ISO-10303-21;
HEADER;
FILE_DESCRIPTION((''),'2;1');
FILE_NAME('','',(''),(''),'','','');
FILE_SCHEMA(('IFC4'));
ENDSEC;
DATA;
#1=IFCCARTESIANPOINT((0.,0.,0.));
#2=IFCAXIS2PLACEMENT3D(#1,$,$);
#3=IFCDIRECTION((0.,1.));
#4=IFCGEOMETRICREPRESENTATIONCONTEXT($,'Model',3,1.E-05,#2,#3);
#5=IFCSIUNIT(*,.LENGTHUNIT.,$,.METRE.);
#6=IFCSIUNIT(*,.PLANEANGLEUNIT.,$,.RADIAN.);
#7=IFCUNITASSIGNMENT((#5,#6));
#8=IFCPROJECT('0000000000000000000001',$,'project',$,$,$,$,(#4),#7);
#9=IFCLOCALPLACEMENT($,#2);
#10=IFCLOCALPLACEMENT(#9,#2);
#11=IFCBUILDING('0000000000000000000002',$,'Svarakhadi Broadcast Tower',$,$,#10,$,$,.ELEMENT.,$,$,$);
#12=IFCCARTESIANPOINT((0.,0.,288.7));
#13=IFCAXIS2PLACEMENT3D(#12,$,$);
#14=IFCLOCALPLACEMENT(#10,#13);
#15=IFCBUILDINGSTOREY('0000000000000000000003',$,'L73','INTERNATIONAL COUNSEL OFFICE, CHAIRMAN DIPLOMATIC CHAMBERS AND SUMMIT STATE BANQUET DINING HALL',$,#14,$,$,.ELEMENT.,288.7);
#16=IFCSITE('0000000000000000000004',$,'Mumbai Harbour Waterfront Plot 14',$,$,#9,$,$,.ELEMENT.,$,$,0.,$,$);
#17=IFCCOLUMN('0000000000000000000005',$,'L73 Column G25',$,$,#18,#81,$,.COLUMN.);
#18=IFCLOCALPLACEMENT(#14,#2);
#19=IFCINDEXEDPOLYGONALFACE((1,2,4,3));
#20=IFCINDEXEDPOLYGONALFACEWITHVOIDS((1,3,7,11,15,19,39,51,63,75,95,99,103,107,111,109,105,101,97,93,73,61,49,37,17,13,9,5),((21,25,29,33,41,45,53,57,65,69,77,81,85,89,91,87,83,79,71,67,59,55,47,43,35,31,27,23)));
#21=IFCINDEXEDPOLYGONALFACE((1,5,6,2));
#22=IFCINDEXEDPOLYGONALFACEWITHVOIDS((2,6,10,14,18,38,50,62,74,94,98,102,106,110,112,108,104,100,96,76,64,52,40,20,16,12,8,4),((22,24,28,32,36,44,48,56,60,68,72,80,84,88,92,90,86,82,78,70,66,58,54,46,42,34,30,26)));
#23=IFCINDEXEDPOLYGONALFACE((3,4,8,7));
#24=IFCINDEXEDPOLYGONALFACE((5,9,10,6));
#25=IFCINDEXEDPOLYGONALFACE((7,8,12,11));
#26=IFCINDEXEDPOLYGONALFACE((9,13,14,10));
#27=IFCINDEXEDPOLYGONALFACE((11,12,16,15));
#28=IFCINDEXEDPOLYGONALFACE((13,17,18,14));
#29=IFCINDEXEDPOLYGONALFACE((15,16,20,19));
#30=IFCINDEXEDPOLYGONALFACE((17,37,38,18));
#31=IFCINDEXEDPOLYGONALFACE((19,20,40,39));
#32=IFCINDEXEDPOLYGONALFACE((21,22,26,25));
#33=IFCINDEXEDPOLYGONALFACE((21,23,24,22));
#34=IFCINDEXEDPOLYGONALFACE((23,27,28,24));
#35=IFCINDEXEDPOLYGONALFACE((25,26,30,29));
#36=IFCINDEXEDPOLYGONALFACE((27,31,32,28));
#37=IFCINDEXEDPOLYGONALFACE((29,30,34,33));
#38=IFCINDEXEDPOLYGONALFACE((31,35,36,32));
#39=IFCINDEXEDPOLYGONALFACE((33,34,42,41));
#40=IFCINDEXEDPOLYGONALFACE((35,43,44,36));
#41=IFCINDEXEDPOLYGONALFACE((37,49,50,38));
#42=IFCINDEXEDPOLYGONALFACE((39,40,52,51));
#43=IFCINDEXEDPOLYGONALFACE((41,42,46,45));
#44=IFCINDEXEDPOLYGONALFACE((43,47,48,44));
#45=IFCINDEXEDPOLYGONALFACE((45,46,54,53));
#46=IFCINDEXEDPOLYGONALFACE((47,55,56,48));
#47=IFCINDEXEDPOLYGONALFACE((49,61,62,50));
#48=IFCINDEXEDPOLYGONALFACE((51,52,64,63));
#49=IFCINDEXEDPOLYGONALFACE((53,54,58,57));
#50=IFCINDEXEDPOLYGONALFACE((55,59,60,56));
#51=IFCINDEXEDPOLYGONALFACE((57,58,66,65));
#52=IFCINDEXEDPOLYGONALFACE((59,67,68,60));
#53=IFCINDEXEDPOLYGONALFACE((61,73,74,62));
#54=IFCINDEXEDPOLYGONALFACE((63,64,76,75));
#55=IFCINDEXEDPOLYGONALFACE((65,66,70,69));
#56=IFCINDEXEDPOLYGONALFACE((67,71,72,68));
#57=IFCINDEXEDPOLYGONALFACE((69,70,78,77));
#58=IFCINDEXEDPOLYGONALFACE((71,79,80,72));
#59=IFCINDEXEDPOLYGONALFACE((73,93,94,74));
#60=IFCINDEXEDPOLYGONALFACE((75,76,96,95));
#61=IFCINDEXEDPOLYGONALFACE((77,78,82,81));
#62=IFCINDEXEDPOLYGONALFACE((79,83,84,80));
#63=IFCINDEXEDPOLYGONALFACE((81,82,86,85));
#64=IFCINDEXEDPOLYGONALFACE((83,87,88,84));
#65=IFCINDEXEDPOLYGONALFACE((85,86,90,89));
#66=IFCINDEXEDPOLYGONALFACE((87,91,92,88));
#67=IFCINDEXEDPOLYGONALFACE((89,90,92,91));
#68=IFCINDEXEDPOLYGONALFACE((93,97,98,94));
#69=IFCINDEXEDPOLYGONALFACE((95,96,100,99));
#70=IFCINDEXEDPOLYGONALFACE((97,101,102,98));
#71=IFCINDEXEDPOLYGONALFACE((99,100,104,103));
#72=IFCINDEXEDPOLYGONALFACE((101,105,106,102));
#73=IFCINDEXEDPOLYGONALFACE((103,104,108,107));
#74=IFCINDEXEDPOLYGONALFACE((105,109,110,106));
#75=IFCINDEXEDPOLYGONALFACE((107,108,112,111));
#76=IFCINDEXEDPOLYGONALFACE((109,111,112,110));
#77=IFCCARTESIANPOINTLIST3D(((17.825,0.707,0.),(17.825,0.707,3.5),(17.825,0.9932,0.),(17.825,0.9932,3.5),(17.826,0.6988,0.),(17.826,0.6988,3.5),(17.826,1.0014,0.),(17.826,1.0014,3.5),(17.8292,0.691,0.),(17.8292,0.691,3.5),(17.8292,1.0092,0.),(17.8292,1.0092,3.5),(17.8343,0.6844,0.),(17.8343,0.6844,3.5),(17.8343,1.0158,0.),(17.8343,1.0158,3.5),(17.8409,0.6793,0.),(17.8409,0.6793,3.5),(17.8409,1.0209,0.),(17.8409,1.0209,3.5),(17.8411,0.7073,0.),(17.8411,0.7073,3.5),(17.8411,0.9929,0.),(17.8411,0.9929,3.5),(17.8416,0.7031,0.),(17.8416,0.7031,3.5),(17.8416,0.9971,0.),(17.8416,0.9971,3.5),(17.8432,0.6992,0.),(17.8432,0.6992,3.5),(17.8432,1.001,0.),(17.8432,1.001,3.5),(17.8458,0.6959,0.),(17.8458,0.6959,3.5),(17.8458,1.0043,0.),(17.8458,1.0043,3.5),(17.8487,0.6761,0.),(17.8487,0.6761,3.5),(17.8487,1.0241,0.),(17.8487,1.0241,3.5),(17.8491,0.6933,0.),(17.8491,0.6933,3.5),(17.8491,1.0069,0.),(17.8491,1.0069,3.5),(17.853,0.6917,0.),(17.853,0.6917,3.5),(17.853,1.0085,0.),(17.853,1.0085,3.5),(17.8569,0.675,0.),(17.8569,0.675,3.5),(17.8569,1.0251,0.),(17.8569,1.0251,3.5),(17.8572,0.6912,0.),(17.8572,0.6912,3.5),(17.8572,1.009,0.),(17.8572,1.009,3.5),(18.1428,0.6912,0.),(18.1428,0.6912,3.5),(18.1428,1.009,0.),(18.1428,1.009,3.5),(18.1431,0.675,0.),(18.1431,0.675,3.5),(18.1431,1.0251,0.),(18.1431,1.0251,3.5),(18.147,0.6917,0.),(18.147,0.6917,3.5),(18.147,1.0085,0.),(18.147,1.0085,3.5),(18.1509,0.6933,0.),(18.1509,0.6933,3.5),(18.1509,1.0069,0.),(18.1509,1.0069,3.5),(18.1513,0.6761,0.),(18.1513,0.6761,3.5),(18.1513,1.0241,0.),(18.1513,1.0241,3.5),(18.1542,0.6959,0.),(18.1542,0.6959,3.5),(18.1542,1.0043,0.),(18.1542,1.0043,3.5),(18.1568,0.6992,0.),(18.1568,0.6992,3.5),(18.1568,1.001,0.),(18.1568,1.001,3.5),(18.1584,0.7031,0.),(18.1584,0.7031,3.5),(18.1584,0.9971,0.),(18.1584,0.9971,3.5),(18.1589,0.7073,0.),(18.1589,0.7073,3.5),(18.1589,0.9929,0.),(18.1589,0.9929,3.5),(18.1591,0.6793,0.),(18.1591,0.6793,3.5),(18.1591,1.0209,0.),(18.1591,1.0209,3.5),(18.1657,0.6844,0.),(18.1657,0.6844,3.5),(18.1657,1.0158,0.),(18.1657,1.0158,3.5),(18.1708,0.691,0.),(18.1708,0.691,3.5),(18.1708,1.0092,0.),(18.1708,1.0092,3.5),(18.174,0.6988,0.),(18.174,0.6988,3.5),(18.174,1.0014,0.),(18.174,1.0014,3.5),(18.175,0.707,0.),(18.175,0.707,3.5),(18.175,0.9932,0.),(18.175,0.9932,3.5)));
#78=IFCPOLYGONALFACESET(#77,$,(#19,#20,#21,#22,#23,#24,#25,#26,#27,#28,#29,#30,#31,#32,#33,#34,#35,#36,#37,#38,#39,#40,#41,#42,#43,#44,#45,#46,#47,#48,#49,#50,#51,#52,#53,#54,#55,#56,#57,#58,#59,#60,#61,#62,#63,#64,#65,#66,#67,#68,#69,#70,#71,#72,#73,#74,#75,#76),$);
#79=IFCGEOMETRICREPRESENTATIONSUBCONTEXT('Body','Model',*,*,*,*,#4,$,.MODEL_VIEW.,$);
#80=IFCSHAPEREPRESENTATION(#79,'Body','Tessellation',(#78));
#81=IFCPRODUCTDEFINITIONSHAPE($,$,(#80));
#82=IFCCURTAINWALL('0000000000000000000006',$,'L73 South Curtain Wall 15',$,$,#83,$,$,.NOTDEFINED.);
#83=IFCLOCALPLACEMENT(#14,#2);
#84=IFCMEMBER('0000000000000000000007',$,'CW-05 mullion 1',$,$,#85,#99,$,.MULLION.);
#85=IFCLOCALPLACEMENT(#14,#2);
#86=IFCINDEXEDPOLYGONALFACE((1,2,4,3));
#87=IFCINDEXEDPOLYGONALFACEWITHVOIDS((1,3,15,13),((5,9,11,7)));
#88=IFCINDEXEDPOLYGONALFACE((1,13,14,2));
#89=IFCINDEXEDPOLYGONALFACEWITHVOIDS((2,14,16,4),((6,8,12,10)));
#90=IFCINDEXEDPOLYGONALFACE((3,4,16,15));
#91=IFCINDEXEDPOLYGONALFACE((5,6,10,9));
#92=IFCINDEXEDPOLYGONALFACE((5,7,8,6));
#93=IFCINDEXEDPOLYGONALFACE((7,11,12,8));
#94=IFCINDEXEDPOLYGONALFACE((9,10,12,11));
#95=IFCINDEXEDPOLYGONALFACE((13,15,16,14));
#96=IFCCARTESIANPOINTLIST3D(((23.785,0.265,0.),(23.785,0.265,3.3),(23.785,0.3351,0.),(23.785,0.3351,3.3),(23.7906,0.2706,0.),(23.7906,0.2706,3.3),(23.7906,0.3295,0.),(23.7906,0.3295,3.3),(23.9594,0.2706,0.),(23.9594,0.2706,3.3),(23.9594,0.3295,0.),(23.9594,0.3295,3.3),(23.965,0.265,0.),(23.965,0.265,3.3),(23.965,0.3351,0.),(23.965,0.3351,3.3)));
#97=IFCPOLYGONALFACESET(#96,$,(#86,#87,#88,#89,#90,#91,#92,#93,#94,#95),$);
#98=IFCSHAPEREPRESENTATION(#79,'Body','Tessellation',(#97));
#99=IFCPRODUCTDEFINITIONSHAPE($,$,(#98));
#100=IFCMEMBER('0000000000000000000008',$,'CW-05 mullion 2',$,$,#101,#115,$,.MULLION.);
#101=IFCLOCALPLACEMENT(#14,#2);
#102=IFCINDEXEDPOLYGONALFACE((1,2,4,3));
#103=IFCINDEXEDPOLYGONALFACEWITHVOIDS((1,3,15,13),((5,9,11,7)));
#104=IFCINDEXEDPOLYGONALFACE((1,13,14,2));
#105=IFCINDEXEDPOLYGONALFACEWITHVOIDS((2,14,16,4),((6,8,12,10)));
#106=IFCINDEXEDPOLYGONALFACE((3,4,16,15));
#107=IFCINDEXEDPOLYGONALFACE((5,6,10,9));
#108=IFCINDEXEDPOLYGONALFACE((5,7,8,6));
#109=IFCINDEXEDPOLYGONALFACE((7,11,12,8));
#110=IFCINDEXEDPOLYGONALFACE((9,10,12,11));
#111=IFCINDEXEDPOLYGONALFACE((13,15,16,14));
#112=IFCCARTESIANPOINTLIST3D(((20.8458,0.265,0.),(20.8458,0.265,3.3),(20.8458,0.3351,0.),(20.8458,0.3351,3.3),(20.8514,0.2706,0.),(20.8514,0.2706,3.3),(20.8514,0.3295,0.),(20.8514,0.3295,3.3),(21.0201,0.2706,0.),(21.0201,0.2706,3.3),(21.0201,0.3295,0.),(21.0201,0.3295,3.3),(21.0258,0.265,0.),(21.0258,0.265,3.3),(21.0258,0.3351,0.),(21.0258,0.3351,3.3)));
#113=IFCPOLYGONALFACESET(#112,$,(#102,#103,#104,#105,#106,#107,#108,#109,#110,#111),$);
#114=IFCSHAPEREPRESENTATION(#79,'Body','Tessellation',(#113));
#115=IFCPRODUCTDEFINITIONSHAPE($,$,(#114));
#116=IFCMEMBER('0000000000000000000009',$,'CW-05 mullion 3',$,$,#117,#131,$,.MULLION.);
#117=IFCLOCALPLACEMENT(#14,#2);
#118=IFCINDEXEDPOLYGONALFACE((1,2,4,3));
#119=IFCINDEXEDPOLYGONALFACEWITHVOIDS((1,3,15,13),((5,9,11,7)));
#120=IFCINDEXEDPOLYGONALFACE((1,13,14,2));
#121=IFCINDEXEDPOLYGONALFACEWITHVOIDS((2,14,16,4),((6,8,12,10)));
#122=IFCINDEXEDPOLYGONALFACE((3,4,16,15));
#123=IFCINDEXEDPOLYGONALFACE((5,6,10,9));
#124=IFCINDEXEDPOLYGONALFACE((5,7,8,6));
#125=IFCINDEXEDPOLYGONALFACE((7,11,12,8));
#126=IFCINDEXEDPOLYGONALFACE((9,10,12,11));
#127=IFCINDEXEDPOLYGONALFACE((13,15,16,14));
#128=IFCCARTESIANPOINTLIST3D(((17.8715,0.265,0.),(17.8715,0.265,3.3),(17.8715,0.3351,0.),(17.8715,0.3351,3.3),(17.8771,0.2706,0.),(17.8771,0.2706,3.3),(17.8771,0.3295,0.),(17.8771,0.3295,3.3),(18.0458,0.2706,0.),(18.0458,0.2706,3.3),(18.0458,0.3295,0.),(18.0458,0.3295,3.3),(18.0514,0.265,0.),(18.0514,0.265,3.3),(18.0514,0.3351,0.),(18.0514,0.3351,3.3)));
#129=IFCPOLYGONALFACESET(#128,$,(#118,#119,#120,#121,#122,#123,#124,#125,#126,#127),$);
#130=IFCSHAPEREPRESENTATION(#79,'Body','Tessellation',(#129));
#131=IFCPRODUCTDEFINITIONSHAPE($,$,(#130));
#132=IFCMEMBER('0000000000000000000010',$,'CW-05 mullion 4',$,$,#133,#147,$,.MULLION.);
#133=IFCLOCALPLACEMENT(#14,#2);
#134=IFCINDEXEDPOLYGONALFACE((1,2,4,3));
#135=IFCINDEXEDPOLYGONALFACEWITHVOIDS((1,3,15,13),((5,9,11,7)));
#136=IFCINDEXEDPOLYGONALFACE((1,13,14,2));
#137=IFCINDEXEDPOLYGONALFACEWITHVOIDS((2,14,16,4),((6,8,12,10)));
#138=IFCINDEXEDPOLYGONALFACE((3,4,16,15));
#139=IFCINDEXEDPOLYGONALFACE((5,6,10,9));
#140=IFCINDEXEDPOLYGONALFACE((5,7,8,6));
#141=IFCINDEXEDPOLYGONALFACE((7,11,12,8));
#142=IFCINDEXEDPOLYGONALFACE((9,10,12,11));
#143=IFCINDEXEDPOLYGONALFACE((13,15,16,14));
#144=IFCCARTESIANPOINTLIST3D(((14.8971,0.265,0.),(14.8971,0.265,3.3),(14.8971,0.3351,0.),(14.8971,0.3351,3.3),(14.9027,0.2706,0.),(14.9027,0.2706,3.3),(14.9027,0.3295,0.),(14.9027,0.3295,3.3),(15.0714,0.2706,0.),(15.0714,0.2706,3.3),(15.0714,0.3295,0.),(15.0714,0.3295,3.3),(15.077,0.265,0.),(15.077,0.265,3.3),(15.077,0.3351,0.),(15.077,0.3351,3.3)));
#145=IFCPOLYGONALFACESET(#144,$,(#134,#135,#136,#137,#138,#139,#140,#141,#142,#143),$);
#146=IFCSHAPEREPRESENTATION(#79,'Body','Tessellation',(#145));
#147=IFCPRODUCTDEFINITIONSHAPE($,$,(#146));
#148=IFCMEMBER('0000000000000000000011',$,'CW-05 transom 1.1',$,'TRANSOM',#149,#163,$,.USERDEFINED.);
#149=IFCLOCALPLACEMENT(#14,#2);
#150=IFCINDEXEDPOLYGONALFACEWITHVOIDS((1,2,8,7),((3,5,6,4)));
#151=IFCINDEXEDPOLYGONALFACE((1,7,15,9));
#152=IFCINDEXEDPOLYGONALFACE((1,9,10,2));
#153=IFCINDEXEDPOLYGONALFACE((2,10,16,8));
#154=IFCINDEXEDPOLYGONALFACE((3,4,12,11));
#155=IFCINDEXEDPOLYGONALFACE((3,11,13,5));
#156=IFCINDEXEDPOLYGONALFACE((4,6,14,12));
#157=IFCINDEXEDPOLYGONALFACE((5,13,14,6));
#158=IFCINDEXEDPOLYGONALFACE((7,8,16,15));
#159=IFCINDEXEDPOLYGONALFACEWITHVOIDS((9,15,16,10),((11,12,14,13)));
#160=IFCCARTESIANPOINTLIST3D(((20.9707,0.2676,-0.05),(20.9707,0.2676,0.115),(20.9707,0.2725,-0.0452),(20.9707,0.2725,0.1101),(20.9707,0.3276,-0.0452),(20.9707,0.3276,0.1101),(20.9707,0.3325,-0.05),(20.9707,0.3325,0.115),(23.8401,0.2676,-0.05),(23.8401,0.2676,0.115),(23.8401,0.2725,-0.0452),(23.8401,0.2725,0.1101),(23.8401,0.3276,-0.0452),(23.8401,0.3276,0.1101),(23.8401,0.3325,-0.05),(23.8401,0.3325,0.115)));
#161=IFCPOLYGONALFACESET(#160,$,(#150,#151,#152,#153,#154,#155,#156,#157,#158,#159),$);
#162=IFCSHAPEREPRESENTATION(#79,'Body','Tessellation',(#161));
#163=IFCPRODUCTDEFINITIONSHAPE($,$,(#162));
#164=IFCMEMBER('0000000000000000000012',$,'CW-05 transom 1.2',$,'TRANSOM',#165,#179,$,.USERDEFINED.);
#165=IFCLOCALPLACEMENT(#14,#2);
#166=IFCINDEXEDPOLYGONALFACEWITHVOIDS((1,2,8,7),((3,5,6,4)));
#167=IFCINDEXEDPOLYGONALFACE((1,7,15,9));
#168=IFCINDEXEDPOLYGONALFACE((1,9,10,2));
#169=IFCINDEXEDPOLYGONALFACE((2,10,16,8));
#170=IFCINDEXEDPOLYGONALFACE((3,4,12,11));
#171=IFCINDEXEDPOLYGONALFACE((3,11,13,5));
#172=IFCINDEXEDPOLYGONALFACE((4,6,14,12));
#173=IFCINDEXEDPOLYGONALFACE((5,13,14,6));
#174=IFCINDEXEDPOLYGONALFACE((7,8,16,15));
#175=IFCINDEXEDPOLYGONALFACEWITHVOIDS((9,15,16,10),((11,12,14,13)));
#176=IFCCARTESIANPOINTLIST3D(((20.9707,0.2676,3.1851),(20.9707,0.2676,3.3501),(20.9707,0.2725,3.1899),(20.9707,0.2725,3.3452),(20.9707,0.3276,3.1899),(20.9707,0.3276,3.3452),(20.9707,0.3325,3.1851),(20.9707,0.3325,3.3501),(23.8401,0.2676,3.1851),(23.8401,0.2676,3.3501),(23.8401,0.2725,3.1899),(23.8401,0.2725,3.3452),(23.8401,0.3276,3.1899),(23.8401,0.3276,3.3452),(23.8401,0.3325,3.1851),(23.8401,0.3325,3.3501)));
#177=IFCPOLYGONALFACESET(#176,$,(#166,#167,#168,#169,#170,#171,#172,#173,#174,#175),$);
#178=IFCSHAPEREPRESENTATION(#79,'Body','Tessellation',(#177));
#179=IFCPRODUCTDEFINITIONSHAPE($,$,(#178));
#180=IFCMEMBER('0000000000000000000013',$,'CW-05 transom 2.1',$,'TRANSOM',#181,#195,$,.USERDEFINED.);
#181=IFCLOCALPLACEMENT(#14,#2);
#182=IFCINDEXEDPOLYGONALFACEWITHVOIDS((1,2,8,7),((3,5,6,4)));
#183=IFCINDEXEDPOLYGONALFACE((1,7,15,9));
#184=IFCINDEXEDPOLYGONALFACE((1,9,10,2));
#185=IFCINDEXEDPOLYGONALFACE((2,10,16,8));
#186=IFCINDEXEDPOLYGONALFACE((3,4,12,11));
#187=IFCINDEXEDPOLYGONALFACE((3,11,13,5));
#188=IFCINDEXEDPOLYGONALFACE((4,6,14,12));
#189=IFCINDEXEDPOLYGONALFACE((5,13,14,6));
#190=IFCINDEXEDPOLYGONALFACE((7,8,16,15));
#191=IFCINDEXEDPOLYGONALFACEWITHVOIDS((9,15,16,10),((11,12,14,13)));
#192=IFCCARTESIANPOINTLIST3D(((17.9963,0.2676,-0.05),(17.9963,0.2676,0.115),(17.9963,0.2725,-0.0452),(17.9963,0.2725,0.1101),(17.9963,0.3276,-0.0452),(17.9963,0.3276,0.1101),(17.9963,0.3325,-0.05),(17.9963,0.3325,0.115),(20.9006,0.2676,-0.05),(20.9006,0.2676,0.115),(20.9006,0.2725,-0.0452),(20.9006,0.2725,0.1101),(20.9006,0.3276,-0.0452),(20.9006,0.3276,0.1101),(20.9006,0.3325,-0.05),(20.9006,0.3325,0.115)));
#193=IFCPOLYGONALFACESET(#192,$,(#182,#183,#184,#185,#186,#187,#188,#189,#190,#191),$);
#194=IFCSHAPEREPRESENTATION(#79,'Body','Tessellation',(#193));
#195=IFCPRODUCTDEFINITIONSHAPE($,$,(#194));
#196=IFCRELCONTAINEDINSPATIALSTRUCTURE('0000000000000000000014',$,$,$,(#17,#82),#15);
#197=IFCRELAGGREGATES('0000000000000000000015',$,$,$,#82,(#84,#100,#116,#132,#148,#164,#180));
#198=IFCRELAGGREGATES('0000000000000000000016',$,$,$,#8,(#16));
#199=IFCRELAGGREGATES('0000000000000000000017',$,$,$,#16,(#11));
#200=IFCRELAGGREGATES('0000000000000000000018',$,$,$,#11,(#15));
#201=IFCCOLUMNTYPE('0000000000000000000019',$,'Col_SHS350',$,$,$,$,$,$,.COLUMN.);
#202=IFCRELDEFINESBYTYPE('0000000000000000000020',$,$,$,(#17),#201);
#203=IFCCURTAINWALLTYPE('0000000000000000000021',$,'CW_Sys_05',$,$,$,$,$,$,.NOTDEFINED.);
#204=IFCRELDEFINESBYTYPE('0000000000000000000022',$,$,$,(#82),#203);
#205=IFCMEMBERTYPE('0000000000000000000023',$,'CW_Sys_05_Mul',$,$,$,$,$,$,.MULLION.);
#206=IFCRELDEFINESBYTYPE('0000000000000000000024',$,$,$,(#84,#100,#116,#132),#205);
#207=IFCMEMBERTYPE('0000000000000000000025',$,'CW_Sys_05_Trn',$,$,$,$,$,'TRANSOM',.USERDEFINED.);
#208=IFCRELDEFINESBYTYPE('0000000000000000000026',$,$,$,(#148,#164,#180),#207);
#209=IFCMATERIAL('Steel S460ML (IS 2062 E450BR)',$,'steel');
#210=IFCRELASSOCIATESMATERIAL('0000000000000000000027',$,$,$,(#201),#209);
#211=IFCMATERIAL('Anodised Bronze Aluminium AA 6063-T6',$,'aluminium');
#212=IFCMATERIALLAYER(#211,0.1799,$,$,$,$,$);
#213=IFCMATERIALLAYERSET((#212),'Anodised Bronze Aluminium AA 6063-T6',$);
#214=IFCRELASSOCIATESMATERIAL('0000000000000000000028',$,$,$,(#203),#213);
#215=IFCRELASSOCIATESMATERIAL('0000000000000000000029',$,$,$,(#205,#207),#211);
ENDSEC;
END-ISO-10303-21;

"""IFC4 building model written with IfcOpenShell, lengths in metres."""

from ifc_helpers import new_model, si_unit, direction, frame, origin, origin_2d, place, context, subcontext, project, spatial, hollow_rectangle, extrude, material, layer, layer_set, material_profile, profile_set, type_object, element, aggregate, save


model = new_model("IFC4")

# Units and contexts
model_context = context("Model", 3, precision=1e-05, world=origin(), true_north=direction((0.0, 1.0)))
body_context = subcontext(model_context, "Body", "Model", "MODEL_VIEW")
ifc_project = project(units=[si_unit("LENGTHUNIT", "METRE"), si_unit("PLANEANGLEUNIT", "RADIAN")], contexts=[model_context])

# Site, building, storey
site_placement = place(None, origin())
site = spatial("IfcSite", under=ifc_project, at=site_placement, Name="Mumbai Harbour Waterfront Plot 14", CompositionType="ELEMENT", RefElevation=0.0)
building_placement = place(site_placement, origin())
building = spatial("IfcBuilding", under=site, at=building_placement, Name="Svarakhadi Broadcast Tower", CompositionType="ELEMENT")
storey_placement = place(building_placement, frame((0.0, 0.0, 288.7)))
storey = spatial("IfcBuildingStorey", under=building, at=storey_placement, Name="L73", Description="INTERNATIONAL COUNSEL OFFICE, CHAIRMAN DIPLOMATIC CHAMBERS AND SUMMIT STATE BANQUET DINING HALL", CompositionType="ELEMENT", Elevation=288.7)

# Column
ifc_material_1 = material(Name="Steel S460ML (IS 2062 E450BR)", Category="steel")
ifc_material_profile_1 = material_profile(ifc_material_1, hollow_rectangle(XDim=0.3501, YDim=0.3501, WallThickness=0.0161, InnerFilletRadius=0.0161, OuterFilletRadius=0.032, at=origin_2d()), Name="SHS 350x350x16")
ifc_profile_set_1 = profile_set([ifc_material_profile_1], Name="Steel S460ML (IS 2062 E450BR)")
column_type = type_object("IfcColumnType", Name="Col_SHS350", PredefinedType="COLUMN", material=ifc_profile_set_1)
column_placement = place(storey_placement, frame((18.0, 0.8501, 0.0), z_axis=(0.0, 0.0, 1.0), x_axis=(1.0, 0.0, 0.0)))
element("IfcColumn", 1, at=column_placement, inside=storey, type_object=column_type, Name="L73 Column G25", PredefinedType="COLUMN", context=body_context, shape_type="SweptSolid", body=[
    extrude(hollow_rectangle(XDim=0.3501, YDim=0.3501, WallThickness=0.0161, InnerFilletRadius=0.0161, OuterFilletRadius=0.032, at=origin_2d()), origin(), (0.0, 0.0, 1.0), 3.5),
])

# Curtain wall, members
ifc_material_2 = material(Name="Anodised Bronze Aluminium AA 6063-T6", Category="aluminium")
ifc_layer_1 = layer(ifc_material_2, 0.1799)
ifc_layer_set_1 = layer_set([ifc_layer_1], Name="Anodised Bronze Aluminium AA 6063-T6")
curtain_wall_type = type_object("IfcCurtainWallType", Name="CW_Sys_05", PredefinedType="NOTDEFINED", material=ifc_layer_set_1)
curtain_wall_placement = place(storey_placement, origin())
curtain_wall = element("IfcCurtainWall", 2, at=curtain_wall_placement, inside=storey, type_object=curtain_wall_type, Name="L73 South Curtain Wall 15", PredefinedType="NOTDEFINED")
ifc_material_profile_2 = material_profile(ifc_material_2, hollow_rectangle(XDim=0.0701, YDim=0.1799, WallThickness=0.0056, at=origin_2d()), Name="ALU MULLION 180x70x6")
ifc_profile_set_2 = profile_set([ifc_material_profile_2], Name="Anodised Bronze Aluminium AA 6063-T6")
member_type_1 = type_object("IfcMemberType", Name="CW_Sys_05_Mul", PredefinedType="MULLION", material=ifc_profile_set_2)
member_1_placement = place(storey_placement, frame((23.875, 0.3, 0.0), z_axis=(0.0, 0.0, 1.0), x_axis=(0.0, -1.0, 0.0)))
member_1 = element("IfcMember", 3, at=member_1_placement, type_object=member_type_1, Name="CW-05 mullion 1", PredefinedType="MULLION", context=body_context, shape_type="SweptSolid", body=[
    extrude(hollow_rectangle(XDim=0.0701, YDim=0.1799, WallThickness=0.0056, at=origin_2d()), origin(), (0.0, 0.0, 1.0), 3.3),
])
member_2_placement = place(storey_placement, frame((20.9358, 0.3, 0.0), z_axis=(0.0, 0.0, 1.0), x_axis=(0.0, -1.0, 0.0)))
member_2 = element("IfcMember", 4, at=member_2_placement, type_object=member_type_1, Name="CW-05 mullion 2", PredefinedType="MULLION", context=body_context, shape_type="SweptSolid", body=[
    extrude(hollow_rectangle(XDim=0.0701, YDim=0.1799, WallThickness=0.0056, at=origin_2d()), origin(), (0.0, 0.0, 1.0), 3.3),
])
member_3_placement = place(storey_placement, frame((17.9614, 0.3, 0.0), z_axis=(0.0, 0.0, 1.0), x_axis=(0.0, -1.0, 0.0)))
member_3 = element("IfcMember", 5, at=member_3_placement, type_object=member_type_1, Name="CW-05 mullion 3", PredefinedType="MULLION", context=body_context, shape_type="SweptSolid", body=[
    extrude(hollow_rectangle(XDim=0.0701, YDim=0.1799, WallThickness=0.0056, at=origin_2d()), origin(), (0.0, 0.0, 1.0), 3.3),
])
member_4_placement = place(storey_placement, frame((14.9871, 0.3, 0.0), z_axis=(0.0, 0.0, 1.0), x_axis=(0.0, -1.0, 0.0)))
member_4 = element("IfcMember", 6, at=member_4_placement, type_object=member_type_1, Name="CW-05 mullion 4", PredefinedType="MULLION", context=body_context, shape_type="SweptSolid", body=[
    extrude(hollow_rectangle(XDim=0.0701, YDim=0.1799, WallThickness=0.0056, at=origin_2d()), origin(), (0.0, 0.0, 1.0), 3.3),
])
ifc_material_profile_3 = material_profile(ifc_material_2, hollow_rectangle(XDim=0.0649, YDim=0.165, WallThickness=0.0049, at=origin_2d()), Name="ALU TRANSOM 165x65x5")
ifc_profile_set_3 = profile_set([ifc_material_profile_3], Name="Anodised Bronze Aluminium AA 6063-T6")
member_type_2 = type_object("IfcMemberType", Name="CW_Sys_05_Trn", ElementType="TRANSOM", PredefinedType="USERDEFINED", material=ifc_profile_set_3)
member_5_placement = place(storey_placement, frame((23.8401, 0.3, 0.0325), z_axis=(-1.0, 0.0, 0.0), x_axis=(0.0, -1.0, 0.0)))
member_5 = element("IfcMember", 7, at=member_5_placement, type_object=member_type_2, Name="CW-05 transom 1.1", ObjectType="TRANSOM", PredefinedType="USERDEFINED", context=body_context, shape_type="SweptSolid", body=[
    extrude(hollow_rectangle(XDim=0.0649, YDim=0.165, WallThickness=0.0049, at=origin_2d()), origin(), (0.0, 0.0, 1.0), 2.8694),
])
member_6_placement = place(storey_placement, frame((23.8401, 0.3, 3.2676), z_axis=(-1.0, 0.0, 0.0), x_axis=(0.0, -1.0, 0.0)))
member_6 = element("IfcMember", 8, at=member_6_placement, type_object=member_type_2, Name="CW-05 transom 1.2", ObjectType="TRANSOM", PredefinedType="USERDEFINED", context=body_context, shape_type="SweptSolid", body=[
    extrude(hollow_rectangle(XDim=0.0649, YDim=0.165, WallThickness=0.0049, at=origin_2d()), origin(), (0.0, 0.0, 1.0), 2.8694),
])
member_7_placement = place(storey_placement, frame((20.9006, 0.3, 0.0325), z_axis=(-1.0, 0.0, 0.0), x_axis=(0.0, -1.0, 0.0)))
member_7 = element("IfcMember", 9, at=member_7_placement, type_object=member_type_2, Name="CW-05 transom 2.1", ObjectType="TRANSOM", PredefinedType="USERDEFINED", context=body_context, shape_type="SweptSolid", body=[
    extrude(hollow_rectangle(XDim=0.0649, YDim=0.165, WallThickness=0.0049, at=origin_2d()), origin(), (0.0, 0.0, 1.0), 2.9043),
])

aggregate(curtain_wall, [member_1, member_2, member_3, member_4, member_5, member_6, member_7])

save(model, "model.ifc")
